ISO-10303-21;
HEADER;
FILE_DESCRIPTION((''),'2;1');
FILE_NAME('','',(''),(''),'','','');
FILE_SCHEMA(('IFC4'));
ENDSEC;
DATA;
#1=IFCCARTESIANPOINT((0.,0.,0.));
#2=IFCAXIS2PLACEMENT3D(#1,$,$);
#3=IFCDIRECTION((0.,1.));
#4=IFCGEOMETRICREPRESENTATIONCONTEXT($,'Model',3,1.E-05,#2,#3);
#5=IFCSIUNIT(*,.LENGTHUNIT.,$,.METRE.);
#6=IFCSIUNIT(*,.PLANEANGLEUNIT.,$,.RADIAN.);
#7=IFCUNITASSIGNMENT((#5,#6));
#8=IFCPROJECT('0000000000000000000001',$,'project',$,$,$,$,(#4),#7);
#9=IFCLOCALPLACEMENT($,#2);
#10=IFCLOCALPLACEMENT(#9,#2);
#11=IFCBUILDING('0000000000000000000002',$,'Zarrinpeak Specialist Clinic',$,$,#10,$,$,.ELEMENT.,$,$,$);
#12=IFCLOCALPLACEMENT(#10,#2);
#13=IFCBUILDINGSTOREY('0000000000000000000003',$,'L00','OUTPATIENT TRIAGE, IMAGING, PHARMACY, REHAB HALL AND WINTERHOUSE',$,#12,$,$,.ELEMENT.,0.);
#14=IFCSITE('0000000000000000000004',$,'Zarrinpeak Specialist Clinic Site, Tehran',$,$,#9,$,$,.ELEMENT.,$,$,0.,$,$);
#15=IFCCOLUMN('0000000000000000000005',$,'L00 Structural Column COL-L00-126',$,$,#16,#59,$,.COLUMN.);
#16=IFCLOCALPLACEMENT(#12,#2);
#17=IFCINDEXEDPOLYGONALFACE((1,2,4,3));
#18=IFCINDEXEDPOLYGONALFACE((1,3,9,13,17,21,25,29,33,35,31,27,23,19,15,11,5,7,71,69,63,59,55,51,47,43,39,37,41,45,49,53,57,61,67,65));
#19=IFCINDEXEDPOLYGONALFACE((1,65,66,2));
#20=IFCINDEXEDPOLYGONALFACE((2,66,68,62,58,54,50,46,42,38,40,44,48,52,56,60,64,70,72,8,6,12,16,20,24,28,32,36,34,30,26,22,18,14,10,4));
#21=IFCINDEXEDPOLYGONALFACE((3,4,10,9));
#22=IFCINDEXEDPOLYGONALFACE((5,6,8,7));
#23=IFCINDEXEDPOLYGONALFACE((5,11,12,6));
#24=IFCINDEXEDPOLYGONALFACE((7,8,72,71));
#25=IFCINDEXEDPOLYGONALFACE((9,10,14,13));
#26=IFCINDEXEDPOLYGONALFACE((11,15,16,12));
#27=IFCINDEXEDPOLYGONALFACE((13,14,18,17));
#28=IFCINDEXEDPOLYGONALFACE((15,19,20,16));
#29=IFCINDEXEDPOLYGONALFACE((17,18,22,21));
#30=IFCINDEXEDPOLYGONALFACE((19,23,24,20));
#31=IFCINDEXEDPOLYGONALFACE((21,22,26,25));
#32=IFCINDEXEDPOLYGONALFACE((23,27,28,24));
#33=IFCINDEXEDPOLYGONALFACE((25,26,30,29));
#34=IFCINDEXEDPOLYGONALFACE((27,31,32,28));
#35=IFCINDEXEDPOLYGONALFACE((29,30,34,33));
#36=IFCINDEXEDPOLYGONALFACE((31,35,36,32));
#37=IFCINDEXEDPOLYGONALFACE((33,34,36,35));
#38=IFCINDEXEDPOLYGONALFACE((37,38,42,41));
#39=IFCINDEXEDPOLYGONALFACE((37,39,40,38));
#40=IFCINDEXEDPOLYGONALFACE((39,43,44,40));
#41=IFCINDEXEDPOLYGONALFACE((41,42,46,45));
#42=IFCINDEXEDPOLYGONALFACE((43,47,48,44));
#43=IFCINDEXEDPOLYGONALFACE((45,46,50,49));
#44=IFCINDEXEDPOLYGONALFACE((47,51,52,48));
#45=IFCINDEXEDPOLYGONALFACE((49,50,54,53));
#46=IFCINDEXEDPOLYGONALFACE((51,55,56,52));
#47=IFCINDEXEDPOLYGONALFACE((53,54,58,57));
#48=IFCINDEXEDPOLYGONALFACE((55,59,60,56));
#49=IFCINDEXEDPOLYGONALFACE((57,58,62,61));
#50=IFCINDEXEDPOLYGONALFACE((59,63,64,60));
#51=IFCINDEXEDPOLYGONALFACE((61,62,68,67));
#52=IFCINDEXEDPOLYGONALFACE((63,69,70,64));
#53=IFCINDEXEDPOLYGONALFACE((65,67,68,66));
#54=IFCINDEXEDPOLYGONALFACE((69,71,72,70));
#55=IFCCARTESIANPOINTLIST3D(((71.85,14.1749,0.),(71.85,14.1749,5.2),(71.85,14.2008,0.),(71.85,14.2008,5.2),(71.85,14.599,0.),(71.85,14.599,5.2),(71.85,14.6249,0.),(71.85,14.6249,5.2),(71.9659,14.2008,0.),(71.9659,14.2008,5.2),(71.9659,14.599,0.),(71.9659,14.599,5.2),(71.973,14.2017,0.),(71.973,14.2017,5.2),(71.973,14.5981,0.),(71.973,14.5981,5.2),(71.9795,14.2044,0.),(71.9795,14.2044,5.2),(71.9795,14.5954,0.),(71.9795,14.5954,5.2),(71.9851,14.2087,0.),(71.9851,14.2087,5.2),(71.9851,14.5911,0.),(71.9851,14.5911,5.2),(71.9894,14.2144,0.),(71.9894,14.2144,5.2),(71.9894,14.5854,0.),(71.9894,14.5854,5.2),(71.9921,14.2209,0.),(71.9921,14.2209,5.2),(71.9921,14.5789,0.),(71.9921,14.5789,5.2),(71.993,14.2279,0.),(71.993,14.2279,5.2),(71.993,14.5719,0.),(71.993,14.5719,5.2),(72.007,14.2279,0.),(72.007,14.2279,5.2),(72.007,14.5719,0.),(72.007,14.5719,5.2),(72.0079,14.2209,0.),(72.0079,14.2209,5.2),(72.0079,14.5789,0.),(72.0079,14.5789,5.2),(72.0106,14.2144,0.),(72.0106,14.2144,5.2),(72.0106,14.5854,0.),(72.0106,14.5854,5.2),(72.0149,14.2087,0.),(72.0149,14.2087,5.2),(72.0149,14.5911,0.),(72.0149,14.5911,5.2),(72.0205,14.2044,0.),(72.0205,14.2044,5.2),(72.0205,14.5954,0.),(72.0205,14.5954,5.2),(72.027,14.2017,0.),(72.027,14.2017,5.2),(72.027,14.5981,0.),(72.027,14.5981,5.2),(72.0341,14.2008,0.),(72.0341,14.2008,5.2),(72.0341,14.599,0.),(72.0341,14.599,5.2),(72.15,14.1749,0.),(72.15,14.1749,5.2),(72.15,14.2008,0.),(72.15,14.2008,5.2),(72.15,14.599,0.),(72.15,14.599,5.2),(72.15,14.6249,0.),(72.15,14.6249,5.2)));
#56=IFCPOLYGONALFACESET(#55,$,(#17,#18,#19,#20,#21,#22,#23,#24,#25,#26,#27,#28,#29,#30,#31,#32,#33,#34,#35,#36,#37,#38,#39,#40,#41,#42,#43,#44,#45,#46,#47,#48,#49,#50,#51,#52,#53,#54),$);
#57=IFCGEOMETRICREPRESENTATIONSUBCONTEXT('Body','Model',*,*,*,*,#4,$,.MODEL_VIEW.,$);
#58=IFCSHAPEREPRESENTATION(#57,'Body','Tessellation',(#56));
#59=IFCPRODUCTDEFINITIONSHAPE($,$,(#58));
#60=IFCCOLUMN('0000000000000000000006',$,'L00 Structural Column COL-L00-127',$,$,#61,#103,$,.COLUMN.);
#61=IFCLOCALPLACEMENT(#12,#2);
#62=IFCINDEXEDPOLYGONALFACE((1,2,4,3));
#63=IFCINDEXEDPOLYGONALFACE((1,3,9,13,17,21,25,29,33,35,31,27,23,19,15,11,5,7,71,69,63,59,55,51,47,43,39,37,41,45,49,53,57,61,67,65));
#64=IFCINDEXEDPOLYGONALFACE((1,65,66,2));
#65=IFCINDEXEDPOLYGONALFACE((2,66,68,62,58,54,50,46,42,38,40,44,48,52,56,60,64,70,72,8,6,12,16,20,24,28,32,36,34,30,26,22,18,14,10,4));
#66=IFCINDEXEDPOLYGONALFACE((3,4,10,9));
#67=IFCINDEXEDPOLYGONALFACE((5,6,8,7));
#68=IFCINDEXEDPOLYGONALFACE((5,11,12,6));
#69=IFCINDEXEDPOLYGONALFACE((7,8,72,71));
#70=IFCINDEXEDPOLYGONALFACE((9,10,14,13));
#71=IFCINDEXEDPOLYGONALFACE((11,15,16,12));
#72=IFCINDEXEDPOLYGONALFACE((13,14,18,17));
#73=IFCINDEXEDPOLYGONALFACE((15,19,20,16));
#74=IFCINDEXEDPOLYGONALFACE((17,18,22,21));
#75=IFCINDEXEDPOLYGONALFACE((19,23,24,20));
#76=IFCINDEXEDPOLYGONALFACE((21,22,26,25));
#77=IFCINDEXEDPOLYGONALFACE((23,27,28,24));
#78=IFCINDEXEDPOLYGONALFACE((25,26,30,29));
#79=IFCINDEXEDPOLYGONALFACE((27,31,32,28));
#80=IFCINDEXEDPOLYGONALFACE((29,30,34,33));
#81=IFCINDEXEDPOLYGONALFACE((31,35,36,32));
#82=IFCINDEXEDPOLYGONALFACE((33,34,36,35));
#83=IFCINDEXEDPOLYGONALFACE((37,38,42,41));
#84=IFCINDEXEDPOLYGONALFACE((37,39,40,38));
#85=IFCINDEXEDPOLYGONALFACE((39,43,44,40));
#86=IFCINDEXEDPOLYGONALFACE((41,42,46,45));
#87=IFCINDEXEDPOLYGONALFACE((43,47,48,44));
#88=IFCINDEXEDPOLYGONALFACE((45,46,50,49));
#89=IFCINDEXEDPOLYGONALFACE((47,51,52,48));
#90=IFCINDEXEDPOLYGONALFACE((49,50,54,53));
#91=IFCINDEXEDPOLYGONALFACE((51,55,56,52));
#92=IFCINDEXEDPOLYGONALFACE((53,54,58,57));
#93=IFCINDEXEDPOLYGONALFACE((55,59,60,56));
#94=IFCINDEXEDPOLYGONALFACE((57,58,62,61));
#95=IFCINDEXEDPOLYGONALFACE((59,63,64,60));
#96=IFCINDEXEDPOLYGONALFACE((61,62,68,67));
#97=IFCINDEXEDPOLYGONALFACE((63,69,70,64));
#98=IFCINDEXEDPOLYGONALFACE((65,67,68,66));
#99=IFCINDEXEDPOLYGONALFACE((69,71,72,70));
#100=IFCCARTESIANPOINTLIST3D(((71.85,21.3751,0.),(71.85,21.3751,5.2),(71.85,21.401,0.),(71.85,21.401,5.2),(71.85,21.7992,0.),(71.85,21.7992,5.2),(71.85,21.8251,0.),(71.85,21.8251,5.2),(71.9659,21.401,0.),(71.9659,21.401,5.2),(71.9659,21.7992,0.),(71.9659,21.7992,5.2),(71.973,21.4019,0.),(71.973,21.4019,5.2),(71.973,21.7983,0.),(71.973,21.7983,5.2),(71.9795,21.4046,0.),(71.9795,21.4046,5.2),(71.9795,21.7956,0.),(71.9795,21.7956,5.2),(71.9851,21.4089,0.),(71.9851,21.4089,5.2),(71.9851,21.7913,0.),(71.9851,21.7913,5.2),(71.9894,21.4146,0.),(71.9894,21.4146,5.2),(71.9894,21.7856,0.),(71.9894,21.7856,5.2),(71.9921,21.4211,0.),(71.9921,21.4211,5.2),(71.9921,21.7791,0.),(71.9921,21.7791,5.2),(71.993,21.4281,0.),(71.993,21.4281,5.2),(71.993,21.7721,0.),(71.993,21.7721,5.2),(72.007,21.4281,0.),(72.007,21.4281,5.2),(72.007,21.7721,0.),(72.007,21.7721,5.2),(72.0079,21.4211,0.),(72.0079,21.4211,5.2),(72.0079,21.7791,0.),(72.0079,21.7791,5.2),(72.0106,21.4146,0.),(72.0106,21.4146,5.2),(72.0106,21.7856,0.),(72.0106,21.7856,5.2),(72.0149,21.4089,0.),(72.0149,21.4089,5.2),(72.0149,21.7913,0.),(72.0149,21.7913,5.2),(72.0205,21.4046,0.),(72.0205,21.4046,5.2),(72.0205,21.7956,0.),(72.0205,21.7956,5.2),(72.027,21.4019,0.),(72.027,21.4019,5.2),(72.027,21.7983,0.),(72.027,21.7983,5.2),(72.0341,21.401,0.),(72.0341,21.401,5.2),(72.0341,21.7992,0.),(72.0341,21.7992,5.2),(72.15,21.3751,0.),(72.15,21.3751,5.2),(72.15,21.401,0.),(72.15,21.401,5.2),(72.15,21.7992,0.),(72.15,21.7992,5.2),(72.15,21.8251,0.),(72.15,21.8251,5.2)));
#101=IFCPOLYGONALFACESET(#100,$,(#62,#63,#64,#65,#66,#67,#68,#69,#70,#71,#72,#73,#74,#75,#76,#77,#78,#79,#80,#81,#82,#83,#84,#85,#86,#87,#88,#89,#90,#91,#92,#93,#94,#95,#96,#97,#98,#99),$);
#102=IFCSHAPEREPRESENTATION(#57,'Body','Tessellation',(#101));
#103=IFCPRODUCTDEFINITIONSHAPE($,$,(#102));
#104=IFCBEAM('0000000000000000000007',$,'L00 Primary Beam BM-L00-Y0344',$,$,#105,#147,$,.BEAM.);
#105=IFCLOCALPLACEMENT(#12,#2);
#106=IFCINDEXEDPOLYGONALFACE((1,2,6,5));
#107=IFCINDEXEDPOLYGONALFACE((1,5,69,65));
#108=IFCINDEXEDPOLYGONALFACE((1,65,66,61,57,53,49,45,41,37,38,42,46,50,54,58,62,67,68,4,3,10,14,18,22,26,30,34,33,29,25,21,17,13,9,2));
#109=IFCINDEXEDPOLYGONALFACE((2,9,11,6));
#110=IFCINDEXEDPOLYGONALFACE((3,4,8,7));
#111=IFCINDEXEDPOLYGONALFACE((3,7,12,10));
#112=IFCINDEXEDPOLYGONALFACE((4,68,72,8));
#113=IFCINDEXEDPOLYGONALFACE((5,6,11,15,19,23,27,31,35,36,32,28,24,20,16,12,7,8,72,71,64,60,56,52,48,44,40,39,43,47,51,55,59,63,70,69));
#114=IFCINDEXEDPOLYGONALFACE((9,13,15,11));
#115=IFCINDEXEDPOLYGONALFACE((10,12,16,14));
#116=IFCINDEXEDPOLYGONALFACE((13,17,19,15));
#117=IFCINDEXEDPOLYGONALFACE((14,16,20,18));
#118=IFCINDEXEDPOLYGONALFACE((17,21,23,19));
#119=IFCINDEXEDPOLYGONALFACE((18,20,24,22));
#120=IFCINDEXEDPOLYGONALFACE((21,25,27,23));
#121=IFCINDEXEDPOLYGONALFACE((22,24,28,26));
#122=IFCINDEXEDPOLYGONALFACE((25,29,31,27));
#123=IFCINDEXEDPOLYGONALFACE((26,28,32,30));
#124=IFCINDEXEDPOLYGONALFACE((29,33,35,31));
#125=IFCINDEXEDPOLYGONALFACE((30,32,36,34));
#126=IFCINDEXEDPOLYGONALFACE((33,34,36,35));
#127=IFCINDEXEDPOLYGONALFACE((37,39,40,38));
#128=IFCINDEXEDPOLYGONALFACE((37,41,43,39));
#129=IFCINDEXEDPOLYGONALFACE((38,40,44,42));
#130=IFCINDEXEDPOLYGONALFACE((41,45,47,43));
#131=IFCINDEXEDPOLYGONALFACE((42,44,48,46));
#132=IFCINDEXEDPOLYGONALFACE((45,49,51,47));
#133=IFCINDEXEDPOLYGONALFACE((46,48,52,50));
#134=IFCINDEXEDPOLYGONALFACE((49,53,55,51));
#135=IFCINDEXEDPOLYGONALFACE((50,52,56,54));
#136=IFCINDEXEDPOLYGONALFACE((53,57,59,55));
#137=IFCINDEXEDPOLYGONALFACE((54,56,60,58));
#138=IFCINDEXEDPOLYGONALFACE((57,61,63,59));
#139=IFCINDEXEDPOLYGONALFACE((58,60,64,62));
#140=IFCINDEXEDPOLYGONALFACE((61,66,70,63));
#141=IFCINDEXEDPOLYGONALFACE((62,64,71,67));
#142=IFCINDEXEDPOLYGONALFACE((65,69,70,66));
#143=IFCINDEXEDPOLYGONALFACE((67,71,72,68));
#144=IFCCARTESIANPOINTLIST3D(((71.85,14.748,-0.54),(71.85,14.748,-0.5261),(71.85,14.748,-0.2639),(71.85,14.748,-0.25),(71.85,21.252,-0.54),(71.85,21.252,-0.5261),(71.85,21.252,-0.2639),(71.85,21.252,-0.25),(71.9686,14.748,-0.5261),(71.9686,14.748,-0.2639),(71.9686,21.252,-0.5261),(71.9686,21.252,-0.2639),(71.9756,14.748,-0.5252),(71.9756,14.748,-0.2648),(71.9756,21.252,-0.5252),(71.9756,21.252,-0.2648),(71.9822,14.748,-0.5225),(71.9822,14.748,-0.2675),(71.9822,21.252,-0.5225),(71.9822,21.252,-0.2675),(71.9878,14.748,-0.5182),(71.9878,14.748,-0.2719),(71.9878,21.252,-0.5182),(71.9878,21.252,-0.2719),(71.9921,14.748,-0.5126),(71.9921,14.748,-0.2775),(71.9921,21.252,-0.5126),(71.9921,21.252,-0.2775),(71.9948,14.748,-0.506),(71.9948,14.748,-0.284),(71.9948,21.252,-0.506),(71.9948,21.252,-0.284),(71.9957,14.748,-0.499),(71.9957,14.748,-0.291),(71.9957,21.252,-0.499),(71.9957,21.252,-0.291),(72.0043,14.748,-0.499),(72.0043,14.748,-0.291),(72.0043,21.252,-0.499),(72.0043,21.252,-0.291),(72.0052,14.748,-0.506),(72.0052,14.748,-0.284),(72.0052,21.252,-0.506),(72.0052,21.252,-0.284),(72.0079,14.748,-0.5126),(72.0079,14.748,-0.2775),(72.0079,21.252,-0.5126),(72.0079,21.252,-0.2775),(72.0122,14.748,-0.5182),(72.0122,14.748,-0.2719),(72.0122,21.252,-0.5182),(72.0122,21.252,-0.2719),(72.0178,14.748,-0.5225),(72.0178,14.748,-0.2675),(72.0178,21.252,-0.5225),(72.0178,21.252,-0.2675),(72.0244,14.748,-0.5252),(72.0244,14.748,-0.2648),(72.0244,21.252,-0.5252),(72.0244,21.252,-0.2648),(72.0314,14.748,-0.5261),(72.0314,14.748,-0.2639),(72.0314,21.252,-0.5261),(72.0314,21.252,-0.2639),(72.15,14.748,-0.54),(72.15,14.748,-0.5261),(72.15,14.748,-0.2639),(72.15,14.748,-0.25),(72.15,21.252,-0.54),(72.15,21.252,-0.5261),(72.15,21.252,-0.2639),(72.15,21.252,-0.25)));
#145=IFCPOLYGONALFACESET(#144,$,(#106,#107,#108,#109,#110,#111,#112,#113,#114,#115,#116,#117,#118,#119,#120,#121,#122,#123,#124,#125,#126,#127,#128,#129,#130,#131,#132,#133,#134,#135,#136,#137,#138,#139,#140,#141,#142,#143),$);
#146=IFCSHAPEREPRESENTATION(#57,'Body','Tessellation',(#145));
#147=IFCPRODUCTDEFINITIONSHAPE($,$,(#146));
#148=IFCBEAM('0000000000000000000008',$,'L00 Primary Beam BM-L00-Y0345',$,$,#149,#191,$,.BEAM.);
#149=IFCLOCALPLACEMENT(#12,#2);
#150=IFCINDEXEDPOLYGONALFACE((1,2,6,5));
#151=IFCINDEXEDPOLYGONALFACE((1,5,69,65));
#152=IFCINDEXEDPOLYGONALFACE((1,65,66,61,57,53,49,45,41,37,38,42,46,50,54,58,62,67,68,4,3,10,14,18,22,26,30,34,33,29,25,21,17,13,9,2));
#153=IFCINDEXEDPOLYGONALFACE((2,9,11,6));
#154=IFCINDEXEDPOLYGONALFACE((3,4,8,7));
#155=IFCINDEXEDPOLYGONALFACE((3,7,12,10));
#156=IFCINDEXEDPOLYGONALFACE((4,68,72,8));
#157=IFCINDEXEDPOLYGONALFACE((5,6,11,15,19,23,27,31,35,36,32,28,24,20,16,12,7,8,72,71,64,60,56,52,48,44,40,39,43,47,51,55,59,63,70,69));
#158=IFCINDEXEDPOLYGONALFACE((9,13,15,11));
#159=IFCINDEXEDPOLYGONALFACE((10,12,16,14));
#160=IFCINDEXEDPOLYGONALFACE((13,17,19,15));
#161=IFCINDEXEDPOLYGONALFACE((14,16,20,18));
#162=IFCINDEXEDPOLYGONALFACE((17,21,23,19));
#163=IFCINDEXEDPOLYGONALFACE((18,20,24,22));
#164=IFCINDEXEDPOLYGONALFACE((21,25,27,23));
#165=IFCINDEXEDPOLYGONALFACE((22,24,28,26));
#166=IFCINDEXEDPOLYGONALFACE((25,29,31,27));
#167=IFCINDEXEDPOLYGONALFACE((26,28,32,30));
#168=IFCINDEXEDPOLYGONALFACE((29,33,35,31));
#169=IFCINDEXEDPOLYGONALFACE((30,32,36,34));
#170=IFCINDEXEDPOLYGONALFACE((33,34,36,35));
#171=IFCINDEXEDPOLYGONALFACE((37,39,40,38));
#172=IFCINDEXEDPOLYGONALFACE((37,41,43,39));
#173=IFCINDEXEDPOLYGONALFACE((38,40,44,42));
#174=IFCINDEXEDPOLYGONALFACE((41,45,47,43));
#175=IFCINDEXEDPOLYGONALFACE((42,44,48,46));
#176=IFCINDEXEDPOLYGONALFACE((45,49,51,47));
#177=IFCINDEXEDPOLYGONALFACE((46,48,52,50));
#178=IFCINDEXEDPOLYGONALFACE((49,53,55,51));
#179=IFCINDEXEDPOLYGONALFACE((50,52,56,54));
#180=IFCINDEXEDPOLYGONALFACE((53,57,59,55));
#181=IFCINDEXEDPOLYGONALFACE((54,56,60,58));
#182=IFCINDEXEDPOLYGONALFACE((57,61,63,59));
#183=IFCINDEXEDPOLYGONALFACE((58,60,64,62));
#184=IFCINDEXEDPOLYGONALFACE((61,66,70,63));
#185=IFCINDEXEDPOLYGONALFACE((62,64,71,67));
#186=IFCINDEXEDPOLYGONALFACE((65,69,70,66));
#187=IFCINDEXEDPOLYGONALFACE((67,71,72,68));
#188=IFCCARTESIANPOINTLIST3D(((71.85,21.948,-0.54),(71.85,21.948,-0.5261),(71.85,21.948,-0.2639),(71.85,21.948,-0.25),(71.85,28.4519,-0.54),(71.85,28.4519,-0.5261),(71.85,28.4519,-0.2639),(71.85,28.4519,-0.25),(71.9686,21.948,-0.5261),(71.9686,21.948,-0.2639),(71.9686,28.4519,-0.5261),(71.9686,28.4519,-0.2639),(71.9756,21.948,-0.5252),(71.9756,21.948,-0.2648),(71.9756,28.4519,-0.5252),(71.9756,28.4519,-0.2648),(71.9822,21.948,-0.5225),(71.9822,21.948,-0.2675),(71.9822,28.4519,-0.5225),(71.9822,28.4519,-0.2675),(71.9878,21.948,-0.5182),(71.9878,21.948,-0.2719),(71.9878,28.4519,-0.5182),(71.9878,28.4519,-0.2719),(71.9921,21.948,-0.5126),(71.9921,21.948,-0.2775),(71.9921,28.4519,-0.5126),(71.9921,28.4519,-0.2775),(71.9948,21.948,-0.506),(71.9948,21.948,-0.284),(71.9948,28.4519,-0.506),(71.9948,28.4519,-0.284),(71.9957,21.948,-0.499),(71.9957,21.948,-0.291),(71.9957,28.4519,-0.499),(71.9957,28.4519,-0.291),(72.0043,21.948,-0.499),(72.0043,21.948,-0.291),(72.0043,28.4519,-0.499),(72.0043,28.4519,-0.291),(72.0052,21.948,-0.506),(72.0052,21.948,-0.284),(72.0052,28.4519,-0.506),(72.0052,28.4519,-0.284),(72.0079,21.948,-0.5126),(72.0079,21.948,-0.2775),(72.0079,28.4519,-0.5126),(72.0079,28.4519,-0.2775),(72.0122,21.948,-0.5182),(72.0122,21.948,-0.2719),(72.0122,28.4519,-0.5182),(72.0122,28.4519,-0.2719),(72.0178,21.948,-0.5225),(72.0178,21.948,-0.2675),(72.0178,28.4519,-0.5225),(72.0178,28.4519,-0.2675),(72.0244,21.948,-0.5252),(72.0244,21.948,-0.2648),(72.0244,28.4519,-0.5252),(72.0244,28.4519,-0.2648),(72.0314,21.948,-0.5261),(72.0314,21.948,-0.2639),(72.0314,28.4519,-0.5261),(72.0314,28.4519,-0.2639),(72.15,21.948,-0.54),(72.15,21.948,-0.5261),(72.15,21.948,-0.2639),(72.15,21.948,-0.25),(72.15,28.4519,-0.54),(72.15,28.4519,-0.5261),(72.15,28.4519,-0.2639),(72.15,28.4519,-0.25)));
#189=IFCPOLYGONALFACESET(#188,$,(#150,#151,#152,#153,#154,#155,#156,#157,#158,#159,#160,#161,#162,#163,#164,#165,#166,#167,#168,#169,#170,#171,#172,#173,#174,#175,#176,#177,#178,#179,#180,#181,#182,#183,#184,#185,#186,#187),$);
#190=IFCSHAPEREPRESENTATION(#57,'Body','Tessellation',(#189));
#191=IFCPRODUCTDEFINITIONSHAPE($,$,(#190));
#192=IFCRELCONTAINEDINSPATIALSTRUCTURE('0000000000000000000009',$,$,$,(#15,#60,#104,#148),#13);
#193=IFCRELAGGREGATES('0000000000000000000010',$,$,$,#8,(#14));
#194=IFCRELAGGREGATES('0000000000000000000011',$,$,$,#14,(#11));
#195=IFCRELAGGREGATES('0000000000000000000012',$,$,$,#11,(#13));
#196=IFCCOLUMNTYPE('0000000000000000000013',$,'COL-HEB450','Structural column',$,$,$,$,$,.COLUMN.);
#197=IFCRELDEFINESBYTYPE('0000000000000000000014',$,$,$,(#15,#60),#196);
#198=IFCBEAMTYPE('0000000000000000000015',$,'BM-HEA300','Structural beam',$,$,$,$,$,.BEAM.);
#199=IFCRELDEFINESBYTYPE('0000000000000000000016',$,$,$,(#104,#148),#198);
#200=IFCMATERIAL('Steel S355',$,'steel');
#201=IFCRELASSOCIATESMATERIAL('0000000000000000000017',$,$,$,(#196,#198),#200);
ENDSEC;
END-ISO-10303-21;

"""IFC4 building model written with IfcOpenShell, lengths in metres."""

from ifc_helpers import new_model, si_unit, direction, frame, origin, origin_2d, place, context, subcontext, project, spatial, i_section, extrude, material, material_profile, profile_set, type_object, element, save


model = new_model("IFC4")

# Units and contexts
model_context = context("Model", 3, precision=1e-05, world=origin(), true_north=direction((0.0, 1.0)))
body_context = subcontext(model_context, "Body", "Model", "MODEL_VIEW")
ifc_project = project(units=[si_unit("LENGTHUNIT", "METRE"), si_unit("PLANEANGLEUNIT", "RADIAN")], contexts=[model_context])

# Site, building, storey
site_placement = place(None, origin())
site = spatial("IfcSite", under=ifc_project, at=site_placement, Name="Zarrinpeak Specialist Clinic Site, Tehran", CompositionType="ELEMENT", RefElevation=0.0)
building_placement = place(site_placement, origin())
building = spatial("IfcBuilding", under=site, at=building_placement, Name="Zarrinpeak Specialist Clinic", CompositionType="ELEMENT")
storey_placement = place(building_placement, origin())
storey = spatial("IfcBuildingStorey", under=building, at=storey_placement, Name="L00", Description="OUTPATIENT TRIAGE, IMAGING, PHARMACY, REHAB HALL AND WINTERHOUSE", CompositionType="ELEMENT", Elevation=0.0)

# Columns
ifc_material_1 = material(Name="Steel S355", Category="steel")
ifc_material_profile_1 = material_profile(ifc_material_1, i_section(OverallWidth=0.3, OverallDepth=0.45, WebThickness=0.0139, FlangeThickness=0.0259, FilletRadius=0.0271, at=origin_2d()), Name="HEB 450")
ifc_profile_set_1 = profile_set([ifc_material_profile_1], Name="Steel S355")
column_type = type_object("IfcColumnType", Name="COL-HEB450", Description="Structural column", PredefinedType="COLUMN", material=ifc_profile_set_1)
for number, where, z_axis, x_axis, name in (
    (1, (72.0, 14.3999, 0.0), (0.0, 0.0, 1.0), (1.0, 0.0, 0.0), "L00 Structural Column COL-L00-126"),
    (2, (72.0, 21.6001, 0.0), (0.0, 0.0, 1.0), (1.0, 0.0, 0.0), "L00 Structural Column COL-L00-127"),
):
    element("IfcColumn", number, at=place(storey_placement, frame(where, z_axis=z_axis, x_axis=x_axis)), inside=storey, type_object=column_type, Name=name, PredefinedType="COLUMN", context=body_context, shape_type="SweptSolid", body=[
        extrude(i_section(OverallWidth=0.3, OverallDepth=0.45, WebThickness=0.0139, FlangeThickness=0.0259, FilletRadius=0.0271, at=origin_2d()), origin(), (0.0, 0.0, 1.0), 5.2),
    ])

# Beams
ifc_material_profile_2 = material_profile(ifc_material_1, i_section(OverallWidth=0.3, OverallDepth=0.29, WebThickness=0.0085, FlangeThickness=0.0139, FilletRadius=0.0271, at=origin_2d()), Name="HEA 300")
ifc_profile_set_2 = profile_set([ifc_material_profile_2], Name="Steel S355")
beam_type_1 = type_object("IfcBeamType", Name="BM-HEA300", Description="Structural beam", PredefinedType="BEAM", material=ifc_profile_set_2)
for number, where, z_axis, x_axis, name in (
    (3, (72.0, 14.748, -0.395), (0.0, 1.0, 0.0), (-1.0, 0.0, 0.0), "L00 Primary Beam BM-L00-Y0344"),
    (4, (72.0, 21.948, -0.395), (0.0, 1.0, 0.0), (-1.0, 0.0, 0.0), "L00 Primary Beam BM-L00-Y0345"),
):
    element("IfcBeam", number, at=place(storey_placement, frame(where, z_axis=z_axis, x_axis=x_axis)), inside=storey, type_object=beam_type_1, Name=name, PredefinedType="BEAM", context=body_context, shape_type="SweptSolid", body=[
        extrude(i_section(OverallWidth=0.3, OverallDepth=0.29, WebThickness=0.0085, FlangeThickness=0.0139, FilletRadius=0.0271, at=origin_2d()), origin(), (0.0, 0.0, 1.0), 6.5039),
    ])

save(model, "model.ifc")
